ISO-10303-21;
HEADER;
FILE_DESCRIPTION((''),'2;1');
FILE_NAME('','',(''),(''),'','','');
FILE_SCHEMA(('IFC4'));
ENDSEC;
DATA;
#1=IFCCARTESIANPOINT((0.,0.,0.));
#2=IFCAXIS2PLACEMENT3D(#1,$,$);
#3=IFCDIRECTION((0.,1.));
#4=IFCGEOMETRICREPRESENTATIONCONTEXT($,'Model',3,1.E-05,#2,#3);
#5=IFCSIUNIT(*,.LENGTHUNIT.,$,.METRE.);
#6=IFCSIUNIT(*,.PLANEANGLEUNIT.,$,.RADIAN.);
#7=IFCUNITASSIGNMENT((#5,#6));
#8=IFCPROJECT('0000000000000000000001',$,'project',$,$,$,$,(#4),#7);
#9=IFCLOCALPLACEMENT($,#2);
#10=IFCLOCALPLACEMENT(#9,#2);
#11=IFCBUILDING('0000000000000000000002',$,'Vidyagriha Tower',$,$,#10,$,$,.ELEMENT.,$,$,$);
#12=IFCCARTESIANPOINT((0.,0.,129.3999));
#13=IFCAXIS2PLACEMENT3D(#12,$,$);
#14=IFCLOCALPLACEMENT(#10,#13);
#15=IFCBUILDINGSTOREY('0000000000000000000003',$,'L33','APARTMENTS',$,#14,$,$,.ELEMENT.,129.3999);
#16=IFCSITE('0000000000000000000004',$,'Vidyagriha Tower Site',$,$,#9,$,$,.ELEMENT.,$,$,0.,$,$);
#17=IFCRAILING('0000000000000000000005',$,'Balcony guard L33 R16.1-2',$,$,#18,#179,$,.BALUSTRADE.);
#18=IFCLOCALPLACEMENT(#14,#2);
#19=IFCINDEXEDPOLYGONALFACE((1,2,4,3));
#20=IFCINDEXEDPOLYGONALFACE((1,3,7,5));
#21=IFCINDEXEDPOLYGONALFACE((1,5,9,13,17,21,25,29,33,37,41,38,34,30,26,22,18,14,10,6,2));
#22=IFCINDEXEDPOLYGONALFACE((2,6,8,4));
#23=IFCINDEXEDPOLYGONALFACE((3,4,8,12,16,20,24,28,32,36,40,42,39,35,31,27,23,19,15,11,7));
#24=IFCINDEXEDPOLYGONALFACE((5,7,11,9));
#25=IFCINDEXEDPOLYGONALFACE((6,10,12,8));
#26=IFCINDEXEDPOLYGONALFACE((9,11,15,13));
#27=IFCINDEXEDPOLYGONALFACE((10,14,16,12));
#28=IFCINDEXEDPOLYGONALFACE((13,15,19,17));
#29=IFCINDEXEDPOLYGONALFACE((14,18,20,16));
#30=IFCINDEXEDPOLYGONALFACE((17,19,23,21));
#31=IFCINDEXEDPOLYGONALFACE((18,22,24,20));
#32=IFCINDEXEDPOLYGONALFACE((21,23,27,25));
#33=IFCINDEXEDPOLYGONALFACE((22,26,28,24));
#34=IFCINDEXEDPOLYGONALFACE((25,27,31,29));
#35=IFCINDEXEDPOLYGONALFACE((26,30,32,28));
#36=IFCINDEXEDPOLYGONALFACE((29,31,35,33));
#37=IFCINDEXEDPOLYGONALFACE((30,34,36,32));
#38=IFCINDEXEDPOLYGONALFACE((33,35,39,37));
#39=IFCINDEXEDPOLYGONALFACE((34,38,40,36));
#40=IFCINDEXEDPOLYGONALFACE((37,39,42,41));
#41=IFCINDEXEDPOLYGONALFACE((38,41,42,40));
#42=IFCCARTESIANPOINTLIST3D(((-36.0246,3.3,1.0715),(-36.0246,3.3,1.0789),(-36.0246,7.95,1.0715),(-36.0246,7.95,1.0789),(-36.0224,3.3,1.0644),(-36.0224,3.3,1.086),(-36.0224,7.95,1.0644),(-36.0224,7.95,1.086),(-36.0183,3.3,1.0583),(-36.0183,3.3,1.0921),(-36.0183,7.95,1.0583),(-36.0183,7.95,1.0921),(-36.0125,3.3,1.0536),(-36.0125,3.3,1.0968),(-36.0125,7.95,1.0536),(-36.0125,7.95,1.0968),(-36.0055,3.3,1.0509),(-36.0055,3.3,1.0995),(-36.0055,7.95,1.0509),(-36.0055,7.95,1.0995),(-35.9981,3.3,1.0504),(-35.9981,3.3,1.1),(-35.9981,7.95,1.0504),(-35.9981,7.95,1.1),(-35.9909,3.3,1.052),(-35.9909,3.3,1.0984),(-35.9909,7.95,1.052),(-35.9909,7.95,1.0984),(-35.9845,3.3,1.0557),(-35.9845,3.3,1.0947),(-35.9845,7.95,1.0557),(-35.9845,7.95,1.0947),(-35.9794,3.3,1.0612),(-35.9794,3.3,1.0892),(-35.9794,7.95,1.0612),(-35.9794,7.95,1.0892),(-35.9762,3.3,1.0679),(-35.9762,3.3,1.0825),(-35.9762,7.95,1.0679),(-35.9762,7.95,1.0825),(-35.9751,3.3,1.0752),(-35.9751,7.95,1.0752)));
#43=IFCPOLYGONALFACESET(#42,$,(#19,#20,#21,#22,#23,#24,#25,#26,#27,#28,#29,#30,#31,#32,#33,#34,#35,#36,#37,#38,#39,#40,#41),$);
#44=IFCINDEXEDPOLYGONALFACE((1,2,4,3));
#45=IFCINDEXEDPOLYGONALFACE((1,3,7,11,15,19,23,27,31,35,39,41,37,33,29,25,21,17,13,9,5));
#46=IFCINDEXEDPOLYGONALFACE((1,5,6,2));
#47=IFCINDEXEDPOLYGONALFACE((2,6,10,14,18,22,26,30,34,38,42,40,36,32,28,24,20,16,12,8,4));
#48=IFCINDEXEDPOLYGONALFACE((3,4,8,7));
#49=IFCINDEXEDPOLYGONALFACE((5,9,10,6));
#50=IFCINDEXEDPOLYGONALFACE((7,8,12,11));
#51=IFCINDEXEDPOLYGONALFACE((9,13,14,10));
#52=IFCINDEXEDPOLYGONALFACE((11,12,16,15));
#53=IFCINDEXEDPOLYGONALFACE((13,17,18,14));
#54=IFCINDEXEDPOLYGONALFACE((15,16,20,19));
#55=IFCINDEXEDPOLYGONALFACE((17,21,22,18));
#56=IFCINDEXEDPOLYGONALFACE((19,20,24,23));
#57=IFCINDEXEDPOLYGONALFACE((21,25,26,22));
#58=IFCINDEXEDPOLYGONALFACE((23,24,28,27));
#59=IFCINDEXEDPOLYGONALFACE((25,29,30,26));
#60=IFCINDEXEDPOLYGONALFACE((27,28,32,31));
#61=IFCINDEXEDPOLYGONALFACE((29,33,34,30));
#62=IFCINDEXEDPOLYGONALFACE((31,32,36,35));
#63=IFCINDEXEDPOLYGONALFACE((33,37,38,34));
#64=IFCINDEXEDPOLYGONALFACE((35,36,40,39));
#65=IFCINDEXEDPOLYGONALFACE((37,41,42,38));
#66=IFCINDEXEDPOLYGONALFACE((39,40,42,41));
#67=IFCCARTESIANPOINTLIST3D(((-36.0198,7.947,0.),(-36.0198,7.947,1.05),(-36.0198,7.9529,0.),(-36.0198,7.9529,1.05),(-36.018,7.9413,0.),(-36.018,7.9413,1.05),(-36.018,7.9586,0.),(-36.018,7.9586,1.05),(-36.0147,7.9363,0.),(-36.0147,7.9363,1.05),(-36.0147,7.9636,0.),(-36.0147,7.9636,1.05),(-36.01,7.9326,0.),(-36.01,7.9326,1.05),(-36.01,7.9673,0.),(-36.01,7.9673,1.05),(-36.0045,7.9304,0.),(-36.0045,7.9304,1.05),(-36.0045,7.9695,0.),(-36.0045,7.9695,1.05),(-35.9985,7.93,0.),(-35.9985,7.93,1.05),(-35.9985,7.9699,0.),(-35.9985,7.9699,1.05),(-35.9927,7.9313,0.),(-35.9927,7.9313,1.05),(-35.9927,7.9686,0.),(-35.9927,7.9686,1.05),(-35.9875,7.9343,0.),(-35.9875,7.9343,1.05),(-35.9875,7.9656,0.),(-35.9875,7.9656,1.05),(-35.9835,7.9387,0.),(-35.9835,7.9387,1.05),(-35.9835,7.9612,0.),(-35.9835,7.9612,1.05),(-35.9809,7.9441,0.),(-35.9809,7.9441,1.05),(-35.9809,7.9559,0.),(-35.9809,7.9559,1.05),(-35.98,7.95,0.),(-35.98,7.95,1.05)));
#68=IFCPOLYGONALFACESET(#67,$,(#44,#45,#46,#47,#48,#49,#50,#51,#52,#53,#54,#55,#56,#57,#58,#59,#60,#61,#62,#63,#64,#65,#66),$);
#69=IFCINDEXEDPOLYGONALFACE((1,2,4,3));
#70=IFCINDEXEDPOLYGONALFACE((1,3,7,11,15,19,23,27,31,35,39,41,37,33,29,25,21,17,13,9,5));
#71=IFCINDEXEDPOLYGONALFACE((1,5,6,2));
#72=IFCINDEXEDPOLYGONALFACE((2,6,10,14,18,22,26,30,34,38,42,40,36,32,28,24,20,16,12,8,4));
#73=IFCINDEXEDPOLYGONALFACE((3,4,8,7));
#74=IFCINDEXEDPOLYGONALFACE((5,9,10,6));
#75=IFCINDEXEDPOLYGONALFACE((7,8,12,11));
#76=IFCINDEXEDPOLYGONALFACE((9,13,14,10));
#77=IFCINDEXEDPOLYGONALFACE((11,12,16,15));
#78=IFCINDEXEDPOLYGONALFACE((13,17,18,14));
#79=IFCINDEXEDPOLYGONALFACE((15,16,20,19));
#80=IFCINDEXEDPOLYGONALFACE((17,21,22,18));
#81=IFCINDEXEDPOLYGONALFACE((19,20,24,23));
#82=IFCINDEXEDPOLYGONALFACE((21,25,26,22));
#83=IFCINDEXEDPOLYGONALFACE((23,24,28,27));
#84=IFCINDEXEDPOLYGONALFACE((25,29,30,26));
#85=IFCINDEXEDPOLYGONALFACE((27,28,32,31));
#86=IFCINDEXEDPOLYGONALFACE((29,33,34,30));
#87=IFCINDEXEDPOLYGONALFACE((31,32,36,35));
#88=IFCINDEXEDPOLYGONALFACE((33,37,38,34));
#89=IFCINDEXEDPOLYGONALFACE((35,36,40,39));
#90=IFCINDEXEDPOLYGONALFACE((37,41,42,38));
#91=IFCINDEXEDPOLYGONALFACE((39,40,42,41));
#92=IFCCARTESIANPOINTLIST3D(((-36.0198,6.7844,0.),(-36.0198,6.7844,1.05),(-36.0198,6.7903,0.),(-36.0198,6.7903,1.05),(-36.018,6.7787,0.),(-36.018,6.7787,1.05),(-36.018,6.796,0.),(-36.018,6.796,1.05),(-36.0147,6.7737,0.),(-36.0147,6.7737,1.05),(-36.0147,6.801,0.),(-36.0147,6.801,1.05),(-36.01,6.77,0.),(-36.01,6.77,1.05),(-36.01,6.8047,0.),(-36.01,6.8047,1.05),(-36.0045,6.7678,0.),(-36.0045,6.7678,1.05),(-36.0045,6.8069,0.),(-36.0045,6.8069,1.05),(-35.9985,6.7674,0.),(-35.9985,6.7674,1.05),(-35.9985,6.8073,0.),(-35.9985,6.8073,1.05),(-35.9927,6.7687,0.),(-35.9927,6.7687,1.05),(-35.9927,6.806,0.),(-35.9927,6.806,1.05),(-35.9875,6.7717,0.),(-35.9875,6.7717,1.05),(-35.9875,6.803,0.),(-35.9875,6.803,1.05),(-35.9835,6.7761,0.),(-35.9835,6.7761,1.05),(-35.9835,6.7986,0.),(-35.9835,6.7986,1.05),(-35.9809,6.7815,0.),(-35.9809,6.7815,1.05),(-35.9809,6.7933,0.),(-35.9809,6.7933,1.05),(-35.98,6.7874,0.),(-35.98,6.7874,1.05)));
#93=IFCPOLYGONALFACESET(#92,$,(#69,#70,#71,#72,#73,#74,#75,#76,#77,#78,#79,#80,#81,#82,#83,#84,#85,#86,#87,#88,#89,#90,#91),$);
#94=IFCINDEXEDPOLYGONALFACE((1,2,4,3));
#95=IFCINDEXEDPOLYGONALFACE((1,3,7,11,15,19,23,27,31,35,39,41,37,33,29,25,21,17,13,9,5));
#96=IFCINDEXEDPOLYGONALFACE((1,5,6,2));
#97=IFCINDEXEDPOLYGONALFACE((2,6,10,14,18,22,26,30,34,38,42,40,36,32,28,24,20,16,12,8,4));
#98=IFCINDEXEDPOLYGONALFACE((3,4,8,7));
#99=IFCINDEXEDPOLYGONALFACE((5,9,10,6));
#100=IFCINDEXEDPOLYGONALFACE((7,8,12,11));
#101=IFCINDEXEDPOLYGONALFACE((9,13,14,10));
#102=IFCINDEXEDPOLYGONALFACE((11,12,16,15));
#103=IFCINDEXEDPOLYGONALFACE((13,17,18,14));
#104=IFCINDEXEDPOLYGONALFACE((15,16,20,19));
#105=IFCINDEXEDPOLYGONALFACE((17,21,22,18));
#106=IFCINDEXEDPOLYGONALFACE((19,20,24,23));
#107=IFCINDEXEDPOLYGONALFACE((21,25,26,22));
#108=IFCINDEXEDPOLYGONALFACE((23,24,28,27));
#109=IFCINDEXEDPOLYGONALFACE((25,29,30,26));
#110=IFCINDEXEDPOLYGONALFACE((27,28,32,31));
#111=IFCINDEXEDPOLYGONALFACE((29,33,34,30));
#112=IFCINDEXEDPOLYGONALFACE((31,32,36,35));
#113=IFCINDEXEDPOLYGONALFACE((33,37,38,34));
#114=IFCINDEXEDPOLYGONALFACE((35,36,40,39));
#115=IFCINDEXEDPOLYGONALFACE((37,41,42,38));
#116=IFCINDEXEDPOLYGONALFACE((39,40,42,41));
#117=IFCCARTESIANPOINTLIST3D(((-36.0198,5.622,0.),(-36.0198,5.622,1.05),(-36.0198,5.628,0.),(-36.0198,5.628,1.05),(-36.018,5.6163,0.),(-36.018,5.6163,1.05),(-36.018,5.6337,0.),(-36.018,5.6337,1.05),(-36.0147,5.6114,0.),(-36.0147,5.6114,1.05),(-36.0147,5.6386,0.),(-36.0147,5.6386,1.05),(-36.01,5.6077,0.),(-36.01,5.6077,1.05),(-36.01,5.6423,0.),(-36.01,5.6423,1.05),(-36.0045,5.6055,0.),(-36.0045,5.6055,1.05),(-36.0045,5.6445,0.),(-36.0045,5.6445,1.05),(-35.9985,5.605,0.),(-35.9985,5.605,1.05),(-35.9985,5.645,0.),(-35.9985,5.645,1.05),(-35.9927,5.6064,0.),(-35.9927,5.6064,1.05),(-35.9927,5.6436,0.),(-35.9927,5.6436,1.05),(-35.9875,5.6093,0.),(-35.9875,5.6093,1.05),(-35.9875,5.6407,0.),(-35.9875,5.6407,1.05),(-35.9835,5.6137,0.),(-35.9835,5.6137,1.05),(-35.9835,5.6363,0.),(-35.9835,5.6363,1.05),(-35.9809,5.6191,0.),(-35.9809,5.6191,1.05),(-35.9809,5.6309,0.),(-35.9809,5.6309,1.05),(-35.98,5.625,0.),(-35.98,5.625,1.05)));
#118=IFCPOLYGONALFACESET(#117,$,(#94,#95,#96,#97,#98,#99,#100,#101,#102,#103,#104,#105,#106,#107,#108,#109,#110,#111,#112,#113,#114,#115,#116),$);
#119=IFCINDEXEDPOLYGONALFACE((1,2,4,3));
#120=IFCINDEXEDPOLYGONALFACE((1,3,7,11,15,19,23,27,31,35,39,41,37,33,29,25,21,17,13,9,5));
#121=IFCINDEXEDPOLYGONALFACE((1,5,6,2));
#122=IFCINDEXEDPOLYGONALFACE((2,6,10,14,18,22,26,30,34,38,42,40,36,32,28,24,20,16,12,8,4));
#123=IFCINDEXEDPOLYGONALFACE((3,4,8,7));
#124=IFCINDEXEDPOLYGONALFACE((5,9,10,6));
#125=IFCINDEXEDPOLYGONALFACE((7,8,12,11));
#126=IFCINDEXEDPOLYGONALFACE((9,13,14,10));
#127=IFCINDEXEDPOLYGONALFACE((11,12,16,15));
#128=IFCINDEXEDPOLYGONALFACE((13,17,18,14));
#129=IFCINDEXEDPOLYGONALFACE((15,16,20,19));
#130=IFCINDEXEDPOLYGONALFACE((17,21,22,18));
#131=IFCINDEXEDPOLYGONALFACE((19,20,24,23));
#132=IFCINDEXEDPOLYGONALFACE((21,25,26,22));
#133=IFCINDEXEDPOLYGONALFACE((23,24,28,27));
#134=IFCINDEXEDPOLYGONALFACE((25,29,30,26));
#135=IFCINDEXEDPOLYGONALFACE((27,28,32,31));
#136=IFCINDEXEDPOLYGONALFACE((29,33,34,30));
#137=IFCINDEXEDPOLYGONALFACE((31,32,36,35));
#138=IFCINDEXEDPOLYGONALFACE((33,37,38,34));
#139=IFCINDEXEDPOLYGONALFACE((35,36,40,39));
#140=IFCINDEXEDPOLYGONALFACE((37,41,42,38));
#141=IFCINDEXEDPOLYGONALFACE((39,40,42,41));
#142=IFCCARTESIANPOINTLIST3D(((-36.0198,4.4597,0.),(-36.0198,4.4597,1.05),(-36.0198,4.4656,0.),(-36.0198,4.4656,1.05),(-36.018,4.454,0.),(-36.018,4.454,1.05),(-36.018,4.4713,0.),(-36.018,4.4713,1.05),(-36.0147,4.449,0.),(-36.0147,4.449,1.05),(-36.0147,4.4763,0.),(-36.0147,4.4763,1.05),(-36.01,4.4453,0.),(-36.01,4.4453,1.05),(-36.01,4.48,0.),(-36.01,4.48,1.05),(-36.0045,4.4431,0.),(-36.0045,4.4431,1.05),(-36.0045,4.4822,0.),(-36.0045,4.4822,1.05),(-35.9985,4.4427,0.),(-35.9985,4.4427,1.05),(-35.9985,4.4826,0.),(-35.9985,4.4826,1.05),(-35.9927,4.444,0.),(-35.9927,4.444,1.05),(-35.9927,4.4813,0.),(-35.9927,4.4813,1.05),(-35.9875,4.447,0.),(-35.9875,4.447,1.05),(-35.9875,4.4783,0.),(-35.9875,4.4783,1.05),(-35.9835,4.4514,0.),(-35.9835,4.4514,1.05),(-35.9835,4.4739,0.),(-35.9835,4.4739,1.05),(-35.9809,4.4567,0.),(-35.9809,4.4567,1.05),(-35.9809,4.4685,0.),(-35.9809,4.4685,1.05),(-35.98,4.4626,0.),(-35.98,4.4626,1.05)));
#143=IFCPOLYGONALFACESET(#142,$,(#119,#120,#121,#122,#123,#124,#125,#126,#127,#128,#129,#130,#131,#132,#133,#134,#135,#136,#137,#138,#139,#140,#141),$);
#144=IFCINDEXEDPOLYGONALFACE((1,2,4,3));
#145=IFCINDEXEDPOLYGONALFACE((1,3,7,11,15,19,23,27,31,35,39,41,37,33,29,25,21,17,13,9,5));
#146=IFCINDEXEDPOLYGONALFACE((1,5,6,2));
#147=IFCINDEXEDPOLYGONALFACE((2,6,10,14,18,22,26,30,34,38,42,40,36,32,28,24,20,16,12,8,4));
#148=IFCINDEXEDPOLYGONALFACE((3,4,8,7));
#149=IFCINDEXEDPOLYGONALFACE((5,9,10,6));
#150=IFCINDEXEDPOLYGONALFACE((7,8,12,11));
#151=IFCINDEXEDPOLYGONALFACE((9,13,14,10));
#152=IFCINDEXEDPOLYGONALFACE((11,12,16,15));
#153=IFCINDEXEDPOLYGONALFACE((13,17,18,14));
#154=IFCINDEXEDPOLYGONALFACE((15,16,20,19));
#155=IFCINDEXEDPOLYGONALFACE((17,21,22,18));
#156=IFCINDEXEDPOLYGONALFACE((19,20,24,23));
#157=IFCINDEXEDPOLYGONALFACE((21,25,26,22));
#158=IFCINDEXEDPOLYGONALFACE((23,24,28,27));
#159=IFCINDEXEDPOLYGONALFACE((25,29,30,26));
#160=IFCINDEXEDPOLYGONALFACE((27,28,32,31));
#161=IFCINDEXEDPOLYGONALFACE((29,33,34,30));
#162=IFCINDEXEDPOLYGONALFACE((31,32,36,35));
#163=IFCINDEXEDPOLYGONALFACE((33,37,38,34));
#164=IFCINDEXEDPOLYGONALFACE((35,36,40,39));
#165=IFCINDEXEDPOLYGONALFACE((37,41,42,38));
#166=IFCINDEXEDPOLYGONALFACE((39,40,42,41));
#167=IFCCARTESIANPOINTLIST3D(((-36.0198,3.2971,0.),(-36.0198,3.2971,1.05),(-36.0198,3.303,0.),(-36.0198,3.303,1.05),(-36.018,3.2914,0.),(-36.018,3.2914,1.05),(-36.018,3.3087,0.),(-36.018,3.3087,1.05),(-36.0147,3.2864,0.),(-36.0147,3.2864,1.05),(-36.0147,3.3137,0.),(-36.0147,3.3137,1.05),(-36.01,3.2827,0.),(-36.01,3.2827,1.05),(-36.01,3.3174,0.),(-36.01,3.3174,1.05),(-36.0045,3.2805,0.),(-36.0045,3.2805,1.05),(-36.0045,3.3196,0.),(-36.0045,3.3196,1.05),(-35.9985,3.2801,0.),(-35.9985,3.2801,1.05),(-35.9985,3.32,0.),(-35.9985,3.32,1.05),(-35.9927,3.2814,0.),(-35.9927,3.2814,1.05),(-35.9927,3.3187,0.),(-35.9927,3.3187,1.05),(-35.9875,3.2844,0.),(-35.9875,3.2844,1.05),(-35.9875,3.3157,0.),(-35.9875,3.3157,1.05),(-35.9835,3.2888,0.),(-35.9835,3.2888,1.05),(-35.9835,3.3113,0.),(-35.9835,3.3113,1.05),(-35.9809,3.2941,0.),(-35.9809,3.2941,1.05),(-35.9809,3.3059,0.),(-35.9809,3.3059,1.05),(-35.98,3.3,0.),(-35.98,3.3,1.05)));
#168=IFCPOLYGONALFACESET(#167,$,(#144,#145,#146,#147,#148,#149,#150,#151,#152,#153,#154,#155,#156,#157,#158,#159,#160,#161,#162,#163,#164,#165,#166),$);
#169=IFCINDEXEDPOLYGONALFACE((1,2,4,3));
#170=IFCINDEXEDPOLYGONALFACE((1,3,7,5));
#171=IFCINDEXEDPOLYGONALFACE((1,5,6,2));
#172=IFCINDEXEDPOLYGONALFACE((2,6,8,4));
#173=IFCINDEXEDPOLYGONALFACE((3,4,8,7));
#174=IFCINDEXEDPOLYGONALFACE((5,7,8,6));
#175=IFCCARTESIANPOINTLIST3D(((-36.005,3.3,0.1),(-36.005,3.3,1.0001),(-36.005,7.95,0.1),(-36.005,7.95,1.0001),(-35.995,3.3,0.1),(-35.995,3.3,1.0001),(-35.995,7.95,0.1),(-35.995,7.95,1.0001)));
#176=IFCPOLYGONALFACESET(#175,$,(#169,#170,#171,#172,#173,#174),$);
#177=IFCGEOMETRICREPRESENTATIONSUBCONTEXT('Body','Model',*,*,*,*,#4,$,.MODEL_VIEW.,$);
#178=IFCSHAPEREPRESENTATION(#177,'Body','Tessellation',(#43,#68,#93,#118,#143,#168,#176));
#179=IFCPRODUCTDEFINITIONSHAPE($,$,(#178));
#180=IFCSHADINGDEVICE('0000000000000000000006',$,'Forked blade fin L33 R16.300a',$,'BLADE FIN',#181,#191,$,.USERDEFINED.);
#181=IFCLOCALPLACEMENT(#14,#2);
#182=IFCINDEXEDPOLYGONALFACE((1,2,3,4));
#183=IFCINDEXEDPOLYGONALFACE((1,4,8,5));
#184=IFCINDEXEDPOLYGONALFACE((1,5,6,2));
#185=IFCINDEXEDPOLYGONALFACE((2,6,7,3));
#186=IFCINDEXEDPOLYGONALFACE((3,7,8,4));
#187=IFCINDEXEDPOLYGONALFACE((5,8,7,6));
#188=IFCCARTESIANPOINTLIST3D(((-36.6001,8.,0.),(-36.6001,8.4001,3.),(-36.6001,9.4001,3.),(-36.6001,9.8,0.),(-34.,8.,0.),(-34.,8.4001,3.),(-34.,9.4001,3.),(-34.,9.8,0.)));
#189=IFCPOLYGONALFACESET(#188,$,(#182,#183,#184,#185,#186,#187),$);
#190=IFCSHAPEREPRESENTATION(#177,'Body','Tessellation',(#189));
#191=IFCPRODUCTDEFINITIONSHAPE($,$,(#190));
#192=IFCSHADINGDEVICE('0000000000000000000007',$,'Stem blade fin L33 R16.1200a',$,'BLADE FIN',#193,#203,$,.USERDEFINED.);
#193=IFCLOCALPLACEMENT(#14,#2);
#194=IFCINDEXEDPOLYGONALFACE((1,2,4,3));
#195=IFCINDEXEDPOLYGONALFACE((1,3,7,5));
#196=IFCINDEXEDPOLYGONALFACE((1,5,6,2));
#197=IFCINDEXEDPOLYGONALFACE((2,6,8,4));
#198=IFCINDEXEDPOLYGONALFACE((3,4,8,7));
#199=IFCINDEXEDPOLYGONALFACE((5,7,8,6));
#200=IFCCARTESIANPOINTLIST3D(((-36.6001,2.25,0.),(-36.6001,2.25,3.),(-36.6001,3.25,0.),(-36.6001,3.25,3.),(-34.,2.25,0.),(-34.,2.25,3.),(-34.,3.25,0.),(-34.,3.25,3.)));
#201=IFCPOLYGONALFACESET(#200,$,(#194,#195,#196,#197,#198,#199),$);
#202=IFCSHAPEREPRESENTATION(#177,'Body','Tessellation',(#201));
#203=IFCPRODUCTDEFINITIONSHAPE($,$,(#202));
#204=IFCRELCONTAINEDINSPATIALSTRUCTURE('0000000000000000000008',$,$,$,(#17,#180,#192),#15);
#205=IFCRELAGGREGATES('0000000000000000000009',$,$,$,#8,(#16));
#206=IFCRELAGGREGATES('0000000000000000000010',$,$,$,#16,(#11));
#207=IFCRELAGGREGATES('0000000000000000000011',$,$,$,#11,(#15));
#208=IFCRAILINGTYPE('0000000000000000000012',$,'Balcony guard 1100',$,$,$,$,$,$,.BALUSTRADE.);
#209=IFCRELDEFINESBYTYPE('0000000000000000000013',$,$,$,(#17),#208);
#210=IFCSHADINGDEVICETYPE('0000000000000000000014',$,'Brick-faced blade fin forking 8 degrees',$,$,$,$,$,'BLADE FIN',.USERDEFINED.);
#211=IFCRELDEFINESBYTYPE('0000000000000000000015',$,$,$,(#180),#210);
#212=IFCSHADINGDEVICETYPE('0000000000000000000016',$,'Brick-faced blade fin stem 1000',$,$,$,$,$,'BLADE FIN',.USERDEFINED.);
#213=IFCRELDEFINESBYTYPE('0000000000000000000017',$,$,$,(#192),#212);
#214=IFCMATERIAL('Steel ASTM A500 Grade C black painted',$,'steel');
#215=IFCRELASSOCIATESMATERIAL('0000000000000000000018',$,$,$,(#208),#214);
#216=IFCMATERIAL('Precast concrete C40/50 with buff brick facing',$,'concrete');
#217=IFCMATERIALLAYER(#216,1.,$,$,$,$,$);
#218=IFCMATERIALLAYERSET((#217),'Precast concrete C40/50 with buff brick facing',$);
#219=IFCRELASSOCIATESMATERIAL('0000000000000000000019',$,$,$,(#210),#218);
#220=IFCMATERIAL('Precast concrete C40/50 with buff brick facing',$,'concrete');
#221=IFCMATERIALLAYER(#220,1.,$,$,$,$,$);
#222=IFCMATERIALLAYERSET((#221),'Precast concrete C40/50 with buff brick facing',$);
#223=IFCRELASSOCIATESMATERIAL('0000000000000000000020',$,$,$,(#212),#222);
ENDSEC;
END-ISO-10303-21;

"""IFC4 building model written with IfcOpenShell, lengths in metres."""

from ifc_helpers import new_model, si_unit, direction, frame, origin, origin_2d, place, context, subcontext, project, spatial, polyline, rectangle, circle, outline, extrude, material, layer, layer_set, type_object, element, save


model = new_model("IFC4")

# Units and contexts
model_context = context("Model", 3, precision=1e-05, world=origin(), true_north=direction((0.0, 1.0)))
body_context = subcontext(model_context, "Body", "Model", "MODEL_VIEW")
ifc_project = project(units=[si_unit("LENGTHUNIT", "METRE"), si_unit("PLANEANGLEUNIT", "RADIAN")], contexts=[model_context])

# Site, building, storey
site_placement = place(None, origin())
site = spatial("IfcSite", under=ifc_project, at=site_placement, Name="Vidyagriha Tower Site", CompositionType="ELEMENT", RefElevation=0.0)
building_placement = place(site_placement, origin())
building = spatial("IfcBuilding", under=site, at=building_placement, Name="Vidyagriha Tower", CompositionType="ELEMENT")
storey_placement = place(building_placement, frame((0.0, 0.0, 129.3999)))
storey = spatial("IfcBuildingStorey", under=building, at=storey_placement, Name="L33", Description="APARTMENTS", CompositionType="ELEMENT", Elevation=129.3999)

# Railing
ifc_material_1 = material(Name="Steel ASTM A500 Grade C black painted", Category="steel")
railing_type = type_object("IfcRailingType", Name="Balcony guard 1100", PredefinedType="BALUSTRADE", material=ifc_material_1)
railing_1_placement = place(storey_placement, frame((-36.0, 7.95, 0.0)))
element("IfcRailing", 1, at=railing_1_placement, inside=storey, type_object=railing_type, Name="Balcony guard L33 R16.1-2", PredefinedType="BALUSTRADE", context=body_context, shape_type="SweptSolid", body=[
    extrude(circle(Radius=0.0249, at=origin_2d()), frame((0.0, 0.0, 1.0752), z_axis=(0.0, -1.0, 0.0), x_axis=(1.0, 0.0, 0.0)), (0.0, 0.0, 1.0), 4.6499),
    extrude(circle(Radius=0.02, at=origin_2d()), origin(), (0.0, 0.0, 1.0), 1.05),
    extrude(circle(Radius=0.02, at=origin_2d()), frame((0.0, -1.1626, 0.0)), (0.0, 0.0, 1.0), 1.05),
    extrude(circle(Radius=0.02, at=origin_2d()), frame((0.0, -2.325, 0.0)), (0.0, 0.0, 1.0), 1.05),
    extrude(circle(Radius=0.02, at=origin_2d()), frame((0.0, -3.4873, 0.0)), (0.0, 0.0, 1.0), 1.05),
    extrude(circle(Radius=0.02, at=origin_2d()), frame((0.0, -4.6499, 0.0)), (0.0, 0.0, 1.0), 1.05),
    extrude(rectangle(XDim=0.01, YDim=0.9001, at=origin_2d()), frame((0.0, 0.0, 0.55), z_axis=(0.0, -1.0, 0.0), x_axis=(1.0, 0.0, 0.0)), (0.0, 0.0, 1.0), 4.6499),
])

# Shading devices
ifc_material_2 = material(Name="Precast concrete C40/50 with buff brick facing", Category="concrete")
ifc_layer_1 = layer(ifc_material_2, 1.0)
ifc_layer_set_1 = layer_set([ifc_layer_1], Name="Precast concrete C40/50 with buff brick facing")
shading_device_type_1 = type_object("IfcShadingDeviceType", Name="Brick-faced blade fin forking 8 degrees", ElementType="BLADE FIN", PredefinedType="USERDEFINED", material=ifc_layer_set_1)
shading_device_1_placement = place(storey_placement, frame((-35.3, 9.8, 0.0), z_axis=(0.0, 0.0, 1.0), x_axis=(0.0, -1.0, 0.0)))
element("IfcShadingDevice", 2, at=shading_device_1_placement, inside=storey, type_object=shading_device_type_1, Name="Forked blade fin L33 R16.300a", ObjectType="BLADE FIN", PredefinedType="USERDEFINED", context=body_context, shape_type="SweptSolid", body=[
    extrude(outline(polyline([(0.0, 0.0), (1.8, 0.0), (1.3999, 3.0), (0.3999, 3.0), (0.0, 0.0)])), frame((0.0, 1.3, 0.0), z_axis=(0.0, -1.0, 0.0), x_axis=(1.0, 0.0, 0.0)), (0.0, 0.0, 1.0), 2.6001),
])
ifc_material_3 = material(Name="Precast concrete C40/50 with buff brick facing", Category="concrete")
ifc_layer_2 = layer(ifc_material_3, 1.0)
ifc_layer_set_2 = layer_set([ifc_layer_2], Name="Precast concrete C40/50 with buff brick facing")
shading_device_type_2 = type_object("IfcShadingDeviceType", Name="Brick-faced blade fin stem 1000", ElementType="BLADE FIN", PredefinedType="USERDEFINED", material=ifc_layer_set_2)
shading_device_2_placement = place(storey_placement, frame((-35.3, 3.25, 0.0), z_axis=(0.0, 0.0, 1.0), x_axis=(0.0, -1.0, 0.0)))
element("IfcShadingDevice", 3, at=shading_device_2_placement, inside=storey, type_object=shading_device_type_2, Name="Stem blade fin L33 R16.1200a", ObjectType="BLADE FIN", PredefinedType="USERDEFINED", context=body_context, shape_type="SweptSolid", body=[
    extrude(outline(polyline([(0.0, 0.0), (1.0, 0.0), (1.0, 3.0), (0.0, 3.0), (0.0, 0.0)])), frame((0.0, 1.3, 0.0), z_axis=(0.0, -1.0, 0.0), x_axis=(1.0, 0.0, 0.0)), (0.0, 0.0, 1.0), 2.6001),
])

save(model, "model.ifc")
